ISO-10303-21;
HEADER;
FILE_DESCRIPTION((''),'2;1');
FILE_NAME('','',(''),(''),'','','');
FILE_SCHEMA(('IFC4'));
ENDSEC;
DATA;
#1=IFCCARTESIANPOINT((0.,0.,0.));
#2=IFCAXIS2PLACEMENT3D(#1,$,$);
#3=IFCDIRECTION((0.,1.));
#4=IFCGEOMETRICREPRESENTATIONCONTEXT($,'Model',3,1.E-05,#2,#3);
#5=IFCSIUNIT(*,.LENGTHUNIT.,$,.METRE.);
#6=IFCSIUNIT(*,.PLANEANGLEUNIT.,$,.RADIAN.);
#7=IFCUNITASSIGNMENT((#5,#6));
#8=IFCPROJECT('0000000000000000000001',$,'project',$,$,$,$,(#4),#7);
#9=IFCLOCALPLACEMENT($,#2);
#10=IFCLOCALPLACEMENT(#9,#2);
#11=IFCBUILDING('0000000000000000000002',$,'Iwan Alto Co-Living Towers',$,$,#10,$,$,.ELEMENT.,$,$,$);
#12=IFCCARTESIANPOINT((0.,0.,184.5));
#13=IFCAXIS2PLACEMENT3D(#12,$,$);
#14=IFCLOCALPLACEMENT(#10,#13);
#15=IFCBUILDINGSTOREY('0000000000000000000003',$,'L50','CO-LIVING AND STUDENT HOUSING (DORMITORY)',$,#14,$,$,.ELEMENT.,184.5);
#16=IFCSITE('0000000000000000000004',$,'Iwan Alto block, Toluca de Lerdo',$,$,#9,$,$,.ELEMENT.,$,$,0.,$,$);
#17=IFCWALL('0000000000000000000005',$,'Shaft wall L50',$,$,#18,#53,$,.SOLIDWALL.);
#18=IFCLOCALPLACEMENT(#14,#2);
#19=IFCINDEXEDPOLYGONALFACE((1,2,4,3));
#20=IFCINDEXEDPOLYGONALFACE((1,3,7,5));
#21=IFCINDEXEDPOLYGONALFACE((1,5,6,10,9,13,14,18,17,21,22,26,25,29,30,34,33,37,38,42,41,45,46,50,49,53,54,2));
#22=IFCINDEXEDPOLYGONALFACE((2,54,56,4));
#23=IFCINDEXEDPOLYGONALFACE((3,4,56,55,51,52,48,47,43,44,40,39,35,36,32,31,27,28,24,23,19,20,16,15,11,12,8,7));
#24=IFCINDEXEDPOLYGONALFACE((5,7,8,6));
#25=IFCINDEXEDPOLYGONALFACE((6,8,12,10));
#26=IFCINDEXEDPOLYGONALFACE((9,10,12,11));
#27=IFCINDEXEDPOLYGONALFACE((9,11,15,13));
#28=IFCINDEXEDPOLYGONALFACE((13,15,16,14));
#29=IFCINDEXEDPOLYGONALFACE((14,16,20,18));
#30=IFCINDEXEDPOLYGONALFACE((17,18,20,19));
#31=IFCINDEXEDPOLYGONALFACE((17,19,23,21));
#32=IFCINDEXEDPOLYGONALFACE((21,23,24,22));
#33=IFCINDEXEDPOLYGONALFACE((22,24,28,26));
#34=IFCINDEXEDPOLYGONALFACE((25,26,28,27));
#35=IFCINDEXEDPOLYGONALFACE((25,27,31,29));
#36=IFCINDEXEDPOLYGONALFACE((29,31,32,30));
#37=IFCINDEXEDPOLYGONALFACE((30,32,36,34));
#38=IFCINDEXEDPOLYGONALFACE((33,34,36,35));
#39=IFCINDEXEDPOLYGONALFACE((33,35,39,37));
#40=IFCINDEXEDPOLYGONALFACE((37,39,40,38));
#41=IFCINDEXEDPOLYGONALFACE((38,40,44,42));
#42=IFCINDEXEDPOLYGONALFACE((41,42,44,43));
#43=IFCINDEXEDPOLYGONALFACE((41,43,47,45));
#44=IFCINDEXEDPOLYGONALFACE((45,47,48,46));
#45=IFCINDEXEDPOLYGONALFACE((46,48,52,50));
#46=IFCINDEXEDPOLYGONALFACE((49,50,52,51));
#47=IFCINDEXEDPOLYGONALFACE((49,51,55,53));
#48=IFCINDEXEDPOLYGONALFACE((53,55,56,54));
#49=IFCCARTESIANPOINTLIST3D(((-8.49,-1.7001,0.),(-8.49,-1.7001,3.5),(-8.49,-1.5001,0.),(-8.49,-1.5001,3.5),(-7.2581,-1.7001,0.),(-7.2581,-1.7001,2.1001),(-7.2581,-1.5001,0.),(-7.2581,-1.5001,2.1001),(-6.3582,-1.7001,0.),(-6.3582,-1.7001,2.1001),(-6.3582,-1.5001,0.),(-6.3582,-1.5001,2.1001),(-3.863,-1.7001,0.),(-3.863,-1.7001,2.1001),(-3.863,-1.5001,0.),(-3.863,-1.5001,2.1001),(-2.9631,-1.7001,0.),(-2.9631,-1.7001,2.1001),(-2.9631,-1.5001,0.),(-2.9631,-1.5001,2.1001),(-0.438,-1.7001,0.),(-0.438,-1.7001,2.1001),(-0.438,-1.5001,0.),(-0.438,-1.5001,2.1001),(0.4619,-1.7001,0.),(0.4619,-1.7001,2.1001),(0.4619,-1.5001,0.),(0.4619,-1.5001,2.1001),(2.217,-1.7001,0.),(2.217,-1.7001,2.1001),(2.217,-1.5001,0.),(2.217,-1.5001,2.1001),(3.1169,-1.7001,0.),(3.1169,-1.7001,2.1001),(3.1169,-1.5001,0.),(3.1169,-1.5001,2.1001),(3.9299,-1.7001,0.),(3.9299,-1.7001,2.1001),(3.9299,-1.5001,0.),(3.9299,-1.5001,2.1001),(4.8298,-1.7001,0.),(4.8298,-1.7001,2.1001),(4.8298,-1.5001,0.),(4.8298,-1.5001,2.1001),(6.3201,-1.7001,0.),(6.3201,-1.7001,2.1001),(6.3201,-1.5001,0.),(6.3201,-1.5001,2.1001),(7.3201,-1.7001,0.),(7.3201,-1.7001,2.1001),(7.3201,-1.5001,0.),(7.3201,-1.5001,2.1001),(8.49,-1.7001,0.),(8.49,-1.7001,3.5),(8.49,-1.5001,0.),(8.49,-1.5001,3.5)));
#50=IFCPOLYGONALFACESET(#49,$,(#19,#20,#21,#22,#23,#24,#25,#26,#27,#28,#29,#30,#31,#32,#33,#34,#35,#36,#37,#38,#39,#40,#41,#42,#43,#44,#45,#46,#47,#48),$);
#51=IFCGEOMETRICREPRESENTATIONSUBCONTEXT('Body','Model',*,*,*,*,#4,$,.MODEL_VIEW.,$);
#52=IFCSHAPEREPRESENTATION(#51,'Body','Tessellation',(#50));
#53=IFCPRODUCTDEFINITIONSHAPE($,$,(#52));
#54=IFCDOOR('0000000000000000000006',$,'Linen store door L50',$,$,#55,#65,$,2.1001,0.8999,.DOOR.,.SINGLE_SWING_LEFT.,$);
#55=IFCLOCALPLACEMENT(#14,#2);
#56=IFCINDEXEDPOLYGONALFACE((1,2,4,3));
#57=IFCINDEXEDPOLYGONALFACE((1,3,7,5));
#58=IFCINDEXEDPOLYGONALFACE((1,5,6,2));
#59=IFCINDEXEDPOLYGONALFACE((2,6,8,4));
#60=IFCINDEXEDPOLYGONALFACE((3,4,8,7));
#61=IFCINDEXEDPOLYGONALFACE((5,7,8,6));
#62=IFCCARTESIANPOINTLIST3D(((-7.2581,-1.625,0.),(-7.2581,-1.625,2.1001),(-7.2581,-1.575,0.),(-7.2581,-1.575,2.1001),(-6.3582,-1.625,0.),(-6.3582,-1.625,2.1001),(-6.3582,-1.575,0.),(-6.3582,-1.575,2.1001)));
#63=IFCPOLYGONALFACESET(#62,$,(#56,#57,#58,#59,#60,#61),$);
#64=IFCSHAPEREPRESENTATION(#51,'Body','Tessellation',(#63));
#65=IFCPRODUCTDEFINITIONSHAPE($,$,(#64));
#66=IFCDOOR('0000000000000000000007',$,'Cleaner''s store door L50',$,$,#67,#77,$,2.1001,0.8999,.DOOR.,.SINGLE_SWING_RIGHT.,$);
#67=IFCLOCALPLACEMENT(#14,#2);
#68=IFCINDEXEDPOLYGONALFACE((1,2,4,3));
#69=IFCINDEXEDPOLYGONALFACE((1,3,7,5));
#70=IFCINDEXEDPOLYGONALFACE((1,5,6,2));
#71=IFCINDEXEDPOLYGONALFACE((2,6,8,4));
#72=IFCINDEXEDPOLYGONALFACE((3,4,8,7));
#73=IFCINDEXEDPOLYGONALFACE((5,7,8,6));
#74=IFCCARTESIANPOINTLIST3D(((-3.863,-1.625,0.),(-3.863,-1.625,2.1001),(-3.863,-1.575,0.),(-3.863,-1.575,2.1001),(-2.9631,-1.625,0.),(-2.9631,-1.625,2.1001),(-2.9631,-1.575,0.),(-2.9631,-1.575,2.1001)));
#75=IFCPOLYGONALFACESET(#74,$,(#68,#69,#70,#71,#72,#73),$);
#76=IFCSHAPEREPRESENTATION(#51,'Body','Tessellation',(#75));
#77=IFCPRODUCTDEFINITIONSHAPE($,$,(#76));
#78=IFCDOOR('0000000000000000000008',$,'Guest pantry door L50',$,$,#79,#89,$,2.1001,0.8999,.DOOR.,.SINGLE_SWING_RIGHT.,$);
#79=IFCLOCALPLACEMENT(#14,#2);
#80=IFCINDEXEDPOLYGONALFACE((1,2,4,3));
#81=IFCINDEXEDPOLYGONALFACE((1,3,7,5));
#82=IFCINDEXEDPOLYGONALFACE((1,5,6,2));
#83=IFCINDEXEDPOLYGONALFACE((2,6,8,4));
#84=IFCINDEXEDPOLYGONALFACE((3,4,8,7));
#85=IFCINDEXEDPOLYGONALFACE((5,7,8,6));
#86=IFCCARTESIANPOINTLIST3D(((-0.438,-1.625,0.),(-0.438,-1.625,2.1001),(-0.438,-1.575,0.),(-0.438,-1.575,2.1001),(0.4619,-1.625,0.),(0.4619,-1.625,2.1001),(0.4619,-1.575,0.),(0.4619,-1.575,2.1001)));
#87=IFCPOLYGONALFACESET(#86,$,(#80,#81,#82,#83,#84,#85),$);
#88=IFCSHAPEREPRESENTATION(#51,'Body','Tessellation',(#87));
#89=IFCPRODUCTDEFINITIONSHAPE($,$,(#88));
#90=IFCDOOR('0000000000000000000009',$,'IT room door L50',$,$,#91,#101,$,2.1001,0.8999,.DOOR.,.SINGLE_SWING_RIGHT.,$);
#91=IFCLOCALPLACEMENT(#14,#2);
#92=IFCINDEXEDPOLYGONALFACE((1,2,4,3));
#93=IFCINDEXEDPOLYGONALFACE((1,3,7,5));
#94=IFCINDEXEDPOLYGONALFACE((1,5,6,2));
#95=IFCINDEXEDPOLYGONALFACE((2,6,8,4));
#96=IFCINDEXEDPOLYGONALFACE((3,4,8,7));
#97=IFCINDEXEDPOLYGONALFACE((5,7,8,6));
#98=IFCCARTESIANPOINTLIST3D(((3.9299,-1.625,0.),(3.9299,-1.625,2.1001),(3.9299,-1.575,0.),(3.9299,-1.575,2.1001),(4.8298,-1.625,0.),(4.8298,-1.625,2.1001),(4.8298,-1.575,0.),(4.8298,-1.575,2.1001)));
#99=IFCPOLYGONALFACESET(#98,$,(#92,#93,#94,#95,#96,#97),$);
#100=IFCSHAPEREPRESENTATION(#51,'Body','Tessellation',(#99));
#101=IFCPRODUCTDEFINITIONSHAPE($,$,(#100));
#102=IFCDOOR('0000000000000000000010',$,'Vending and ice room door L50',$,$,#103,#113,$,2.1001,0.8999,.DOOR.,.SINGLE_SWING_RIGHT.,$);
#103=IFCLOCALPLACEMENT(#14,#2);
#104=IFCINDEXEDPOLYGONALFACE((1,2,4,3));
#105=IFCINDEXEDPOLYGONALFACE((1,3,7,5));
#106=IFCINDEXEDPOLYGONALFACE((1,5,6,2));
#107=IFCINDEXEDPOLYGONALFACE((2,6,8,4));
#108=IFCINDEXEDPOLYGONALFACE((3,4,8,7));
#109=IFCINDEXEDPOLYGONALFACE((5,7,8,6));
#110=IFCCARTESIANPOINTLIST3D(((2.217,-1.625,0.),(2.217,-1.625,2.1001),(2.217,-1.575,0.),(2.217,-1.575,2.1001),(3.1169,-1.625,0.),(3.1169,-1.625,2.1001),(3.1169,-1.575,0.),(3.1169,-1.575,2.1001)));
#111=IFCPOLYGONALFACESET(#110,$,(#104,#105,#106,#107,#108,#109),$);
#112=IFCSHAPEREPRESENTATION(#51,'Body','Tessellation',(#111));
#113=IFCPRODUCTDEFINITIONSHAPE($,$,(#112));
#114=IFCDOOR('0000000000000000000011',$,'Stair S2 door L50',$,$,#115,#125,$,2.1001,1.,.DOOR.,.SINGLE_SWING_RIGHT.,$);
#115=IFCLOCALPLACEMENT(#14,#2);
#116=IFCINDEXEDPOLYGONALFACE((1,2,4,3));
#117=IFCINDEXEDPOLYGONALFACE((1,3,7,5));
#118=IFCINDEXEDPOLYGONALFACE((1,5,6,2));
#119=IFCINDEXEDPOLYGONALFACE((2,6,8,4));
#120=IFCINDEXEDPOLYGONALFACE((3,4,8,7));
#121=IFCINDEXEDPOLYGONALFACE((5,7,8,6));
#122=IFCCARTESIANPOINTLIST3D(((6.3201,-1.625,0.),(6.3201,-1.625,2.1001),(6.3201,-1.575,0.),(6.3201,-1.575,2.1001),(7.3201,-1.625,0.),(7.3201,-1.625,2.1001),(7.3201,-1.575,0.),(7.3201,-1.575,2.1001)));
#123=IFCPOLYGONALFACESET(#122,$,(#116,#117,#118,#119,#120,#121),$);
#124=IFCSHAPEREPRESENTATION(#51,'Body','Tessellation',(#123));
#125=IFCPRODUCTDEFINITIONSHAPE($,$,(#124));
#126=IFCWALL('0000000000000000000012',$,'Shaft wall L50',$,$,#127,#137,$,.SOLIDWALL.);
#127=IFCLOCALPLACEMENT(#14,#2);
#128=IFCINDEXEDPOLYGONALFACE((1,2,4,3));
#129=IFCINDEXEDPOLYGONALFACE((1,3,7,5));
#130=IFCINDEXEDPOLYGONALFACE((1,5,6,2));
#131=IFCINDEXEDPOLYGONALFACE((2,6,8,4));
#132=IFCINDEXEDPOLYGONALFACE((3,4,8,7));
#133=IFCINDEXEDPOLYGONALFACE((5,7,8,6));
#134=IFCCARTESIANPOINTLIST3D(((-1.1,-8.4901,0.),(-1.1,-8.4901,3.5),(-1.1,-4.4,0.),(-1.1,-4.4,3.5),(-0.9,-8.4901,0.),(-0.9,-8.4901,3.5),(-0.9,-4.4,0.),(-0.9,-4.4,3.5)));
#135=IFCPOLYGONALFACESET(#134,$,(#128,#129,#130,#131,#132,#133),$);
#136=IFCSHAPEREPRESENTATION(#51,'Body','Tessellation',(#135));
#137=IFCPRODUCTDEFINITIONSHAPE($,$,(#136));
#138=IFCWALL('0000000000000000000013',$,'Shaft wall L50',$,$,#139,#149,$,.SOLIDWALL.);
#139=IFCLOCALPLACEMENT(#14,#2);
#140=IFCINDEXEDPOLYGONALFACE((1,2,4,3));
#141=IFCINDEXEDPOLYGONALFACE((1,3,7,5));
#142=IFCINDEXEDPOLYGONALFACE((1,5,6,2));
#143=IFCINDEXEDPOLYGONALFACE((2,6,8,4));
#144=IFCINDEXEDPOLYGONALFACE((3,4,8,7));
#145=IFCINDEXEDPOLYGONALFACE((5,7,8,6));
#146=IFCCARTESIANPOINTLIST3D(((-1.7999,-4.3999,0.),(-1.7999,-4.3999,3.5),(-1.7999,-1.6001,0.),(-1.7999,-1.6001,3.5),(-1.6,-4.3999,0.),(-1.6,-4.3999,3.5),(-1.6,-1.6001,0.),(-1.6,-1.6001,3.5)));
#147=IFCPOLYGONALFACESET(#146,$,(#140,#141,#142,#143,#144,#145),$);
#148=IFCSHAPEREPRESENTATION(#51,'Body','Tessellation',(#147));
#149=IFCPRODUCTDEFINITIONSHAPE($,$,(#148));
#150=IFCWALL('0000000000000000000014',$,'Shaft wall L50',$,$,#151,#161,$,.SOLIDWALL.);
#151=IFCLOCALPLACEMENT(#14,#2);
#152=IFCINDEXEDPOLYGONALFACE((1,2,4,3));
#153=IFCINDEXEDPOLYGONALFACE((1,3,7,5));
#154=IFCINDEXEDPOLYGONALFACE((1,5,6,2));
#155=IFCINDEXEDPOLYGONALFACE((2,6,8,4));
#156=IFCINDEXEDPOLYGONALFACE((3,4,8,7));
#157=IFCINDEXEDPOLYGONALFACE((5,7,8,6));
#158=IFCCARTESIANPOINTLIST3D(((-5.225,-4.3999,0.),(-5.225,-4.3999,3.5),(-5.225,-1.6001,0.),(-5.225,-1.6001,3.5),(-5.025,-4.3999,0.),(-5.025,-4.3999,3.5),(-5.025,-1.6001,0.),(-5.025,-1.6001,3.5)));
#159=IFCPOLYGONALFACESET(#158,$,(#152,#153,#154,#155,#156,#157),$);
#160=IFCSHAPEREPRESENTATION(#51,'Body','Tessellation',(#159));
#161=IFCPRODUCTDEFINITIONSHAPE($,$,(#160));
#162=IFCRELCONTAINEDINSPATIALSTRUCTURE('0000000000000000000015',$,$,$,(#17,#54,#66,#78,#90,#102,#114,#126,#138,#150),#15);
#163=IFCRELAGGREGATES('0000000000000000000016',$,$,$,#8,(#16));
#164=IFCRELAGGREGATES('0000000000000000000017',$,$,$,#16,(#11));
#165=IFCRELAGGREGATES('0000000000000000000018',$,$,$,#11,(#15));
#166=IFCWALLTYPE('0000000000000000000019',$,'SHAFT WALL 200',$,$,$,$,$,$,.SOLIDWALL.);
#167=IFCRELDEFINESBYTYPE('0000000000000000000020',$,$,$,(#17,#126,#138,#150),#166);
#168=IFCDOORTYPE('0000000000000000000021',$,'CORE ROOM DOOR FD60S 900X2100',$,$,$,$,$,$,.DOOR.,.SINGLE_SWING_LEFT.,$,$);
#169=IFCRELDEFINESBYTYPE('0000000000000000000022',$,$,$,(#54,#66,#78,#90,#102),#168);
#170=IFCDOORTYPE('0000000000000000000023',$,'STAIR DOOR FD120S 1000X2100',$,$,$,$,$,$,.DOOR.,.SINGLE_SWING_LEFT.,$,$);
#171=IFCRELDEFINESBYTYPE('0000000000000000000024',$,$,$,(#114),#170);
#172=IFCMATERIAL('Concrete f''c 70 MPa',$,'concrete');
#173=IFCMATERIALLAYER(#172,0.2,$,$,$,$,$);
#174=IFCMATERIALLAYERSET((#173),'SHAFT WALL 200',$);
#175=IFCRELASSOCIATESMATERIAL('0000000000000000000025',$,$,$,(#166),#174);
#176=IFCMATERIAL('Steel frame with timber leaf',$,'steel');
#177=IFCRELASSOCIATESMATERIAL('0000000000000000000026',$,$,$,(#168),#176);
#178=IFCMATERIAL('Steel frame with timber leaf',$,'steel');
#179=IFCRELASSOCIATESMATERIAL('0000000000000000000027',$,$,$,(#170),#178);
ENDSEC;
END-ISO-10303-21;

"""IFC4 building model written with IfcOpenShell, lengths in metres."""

from ifc_helpers import new_model, si_unit, direction, frame, frame_2d, origin, place, context, subcontext, project, spatial, rectangle, extrude, material, layer, layer_set, type_object, element, fill, save


model = new_model("IFC4")

# Units and contexts
model_context = context("Model", 3, precision=1e-05, world=origin(), true_north=direction((0.0, 1.0)))
body_context = subcontext(model_context, "Body", "Model", "MODEL_VIEW")
ifc_project = project(units=[si_unit("LENGTHUNIT", "METRE"), si_unit("PLANEANGLEUNIT", "RADIAN")], contexts=[model_context])

# Site, building, storey
site_placement = place(None, origin())
site = spatial("IfcSite", under=ifc_project, at=site_placement, Name="Iwan Alto block, Toluca de Lerdo", CompositionType="ELEMENT", RefElevation=0.0)
building_placement = place(site_placement, origin())
building = spatial("IfcBuilding", under=site, at=building_placement, Name="Iwan Alto Co-Living Towers", CompositionType="ELEMENT")
storey_placement = place(building_placement, frame((0.0, 0.0, 184.5)))
storey = spatial("IfcBuildingStorey", under=building, at=storey_placement, Name="L50", Description="CO-LIVING AND STUDENT HOUSING (DORMITORY)", CompositionType="ELEMENT", Elevation=184.5)

# Shared definitions
ifc_material_1 = material(Name="Concrete f'c 70 MPa", Category="concrete")
ifc_layer_1 = layer(ifc_material_1, 0.2)
ifc_layer_set_1 = layer_set([ifc_layer_1], Name="SHAFT WALL 200")
wall_type_1 = type_object("IfcWallType", Name="SHAFT WALL 200", PredefinedType="SOLIDWALL", material=ifc_layer_set_1)

# Wall, openings, doors
wall_1_placement = place(storey_placement, frame((-8.49, -1.6001, 0.0), z_axis=(0.0, 0.0, 1.0), x_axis=(1.0, 0.0, 0.0)))
wall_1 = element("IfcWall", 1, at=wall_1_placement, inside=storey, type_object=wall_type_1, Name="Shaft wall L50", PredefinedType="SOLIDWALL", context=body_context, shape_type="SweptSolid", body=[
    extrude(rectangle(XDim=16.98, YDim=0.2, at=frame_2d((8.49, 0.0))), origin(), (0.0, 0.0, 1.0), 3.5),
])
opening_1_placement = place(wall_1_placement, frame((14.8101, 0.0, 0.0)))
opening_1 = element("IfcOpeningElement", 2, at=opening_1_placement, cuts=wall_1, PredefinedType="OPENING", context=body_context, shape_type="SweptSolid", body=[
    extrude(rectangle(XDim=1.0, YDim=2.1001, at=frame_2d((0.5, 1.05))), frame((0.0, 0.1099, 0.0), z_axis=(0.0, -1.0, 0.0), x_axis=(1.0, 0.0, 0.0)), (0.0, 0.0, 1.0), 0.22),
])
opening_2_placement = place(wall_1_placement, frame((1.2319, 0.0, 0.0)))
opening_2 = element("IfcOpeningElement", 3, at=opening_2_placement, cuts=wall_1, PredefinedType="OPENING", context=body_context, shape_type="SweptSolid", body=[
    extrude(rectangle(XDim=0.8999, YDim=2.1001, at=frame_2d((0.45, 1.05))), frame((0.0, 0.1099, 0.0), z_axis=(0.0, -1.0, 0.0), x_axis=(1.0, 0.0, 0.0)), (0.0, 0.0, 1.0), 0.22),
])
opening_3_placement = place(wall_1_placement, frame((4.627, 0.0, 0.0)))
opening_3 = element("IfcOpeningElement", 4, at=opening_3_placement, cuts=wall_1, PredefinedType="OPENING", context=body_context, shape_type="SweptSolid", body=[
    extrude(rectangle(XDim=0.8999, YDim=2.1001, at=frame_2d((0.45, 1.05))), frame((0.0, 0.1099, 0.0), z_axis=(0.0, -1.0, 0.0), x_axis=(1.0, 0.0, 0.0)), (0.0, 0.0, 1.0), 0.22),
])
opening_4_placement = place(wall_1_placement, frame((8.052, 0.0, 0.0)))
opening_4 = element("IfcOpeningElement", 5, at=opening_4_placement, cuts=wall_1, PredefinedType="OPENING", context=body_context, shape_type="SweptSolid", body=[
    extrude(rectangle(XDim=0.8999, YDim=2.1001, at=frame_2d((0.45, 1.05))), frame((0.0, 0.1099, 0.0), z_axis=(0.0, -1.0, 0.0), x_axis=(1.0, 0.0, 0.0)), (0.0, 0.0, 1.0), 0.22),
])
opening_5_placement = place(wall_1_placement, frame((12.4199, 0.0, 0.0)))
opening_5 = element("IfcOpeningElement", 6, at=opening_5_placement, cuts=wall_1, PredefinedType="OPENING", context=body_context, shape_type="SweptSolid", body=[
    extrude(rectangle(XDim=0.8999, YDim=2.1001, at=frame_2d((0.45, 1.05))), frame((0.0, 0.1099, 0.0), z_axis=(0.0, -1.0, 0.0), x_axis=(1.0, 0.0, 0.0)), (0.0, 0.0, 1.0), 0.22),
])
opening_6_placement = place(wall_1_placement, frame((10.707, 0.0, 0.0)))
opening_6 = element("IfcOpeningElement", 7, at=opening_6_placement, cuts=wall_1, PredefinedType="OPENING", context=body_context, shape_type="SweptSolid", body=[
    extrude(rectangle(XDim=0.8999, YDim=2.1001, at=frame_2d((0.45, 1.05))), frame((0.0, 0.1099, 0.0), z_axis=(0.0, -1.0, 0.0), x_axis=(1.0, 0.0, 0.0)), (0.0, 0.0, 1.0), 0.22),
])
ifc_material_2 = material(Name="Steel frame with timber leaf", Category="steel")
door_type_1 = type_object("IfcDoorType", Name="CORE ROOM DOOR FD60S 900X2100", OperationType="SINGLE_SWING_LEFT", PredefinedType="DOOR", material=ifc_material_2)
door_1_placement = place(opening_2_placement, frame((0.8999, 0.0, 0.0), z_axis=(0.0, 0.0, 1.0), x_axis=(-1.0, 0.0, 0.0)))
door_1 = element("IfcDoor", 8, at=door_1_placement, inside=storey, type_object=door_type_1, Name="Linen store door L50", OperationType="SINGLE_SWING_LEFT", OverallHeight=2.1001, OverallWidth=0.8999, PredefinedType="DOOR", context=body_context, shape_type="SweptSolid", body=[
    extrude(rectangle(XDim=0.8999, YDim=2.1001, at=frame_2d((0.45, 1.05))), frame((0.0, 0.0249, 0.0), z_axis=(0.0, -1.0, 0.0), x_axis=(1.0, 0.0, 0.0)), (0.0, 0.0, 1.0), 0.05),
])
fill(opening_2, door_1)
door_2_placement = place(opening_3_placement, frame((0.8999, 0.0, 0.0), z_axis=(0.0, 0.0, 1.0), x_axis=(-1.0, 0.0, 0.0)))
door_2 = element("IfcDoor", 9, at=door_2_placement, inside=storey, type_object=door_type_1, Name="Cleaner's store door L50", OperationType="SINGLE_SWING_RIGHT", OverallHeight=2.1001, OverallWidth=0.8999, PredefinedType="DOOR", context=body_context, shape_type="SweptSolid", body=[
    extrude(rectangle(XDim=0.8999, YDim=2.1001, at=frame_2d((0.45, 1.05))), frame((0.0, 0.0249, 0.0), z_axis=(0.0, -1.0, 0.0), x_axis=(1.0, 0.0, 0.0)), (0.0, 0.0, 1.0), 0.05),
])
fill(opening_3, door_2)
door_3_placement = place(opening_4_placement, frame((0.8999, 0.0, 0.0), z_axis=(0.0, 0.0, 1.0), x_axis=(-1.0, 0.0, 0.0)))
door_3 = element("IfcDoor", 10, at=door_3_placement, inside=storey, type_object=door_type_1, Name="Guest pantry door L50", OperationType="SINGLE_SWING_RIGHT", OverallHeight=2.1001, OverallWidth=0.8999, PredefinedType="DOOR", context=body_context, shape_type="SweptSolid", body=[
    extrude(rectangle(XDim=0.8999, YDim=2.1001, at=frame_2d((0.45, 1.05))), frame((0.0, 0.0249, 0.0), z_axis=(0.0, -1.0, 0.0), x_axis=(1.0, 0.0, 0.0)), (0.0, 0.0, 1.0), 0.05),
])
fill(opening_4, door_3)
door_4_placement = place(opening_5_placement, frame((0.8999, 0.0, 0.0), z_axis=(0.0, 0.0, 1.0), x_axis=(-1.0, 0.0, 0.0)))
door_4 = element("IfcDoor", 11, at=door_4_placement, inside=storey, type_object=door_type_1, Name="IT room door L50", OperationType="SINGLE_SWING_RIGHT", OverallHeight=2.1001, OverallWidth=0.8999, PredefinedType="DOOR", context=body_context, shape_type="SweptSolid", body=[
    extrude(rectangle(XDim=0.8999, YDim=2.1001, at=frame_2d((0.45, 1.05))), frame((0.0, 0.0249, 0.0), z_axis=(0.0, -1.0, 0.0), x_axis=(1.0, 0.0, 0.0)), (0.0, 0.0, 1.0), 0.05),
])
fill(opening_5, door_4)
door_5_placement = place(opening_6_placement, frame((0.8999, 0.0, 0.0), z_axis=(0.0, 0.0, 1.0), x_axis=(-1.0, 0.0, 0.0)))
door_5 = element("IfcDoor", 12, at=door_5_placement, inside=storey, type_object=door_type_1, Name="Vending and ice room door L50", OperationType="SINGLE_SWING_RIGHT", OverallHeight=2.1001, OverallWidth=0.8999, PredefinedType="DOOR", context=body_context, shape_type="SweptSolid", body=[
    extrude(rectangle(XDim=0.8999, YDim=2.1001, at=frame_2d((0.45, 1.05))), frame((0.0, 0.0249, 0.0), z_axis=(0.0, -1.0, 0.0), x_axis=(1.0, 0.0, 0.0)), (0.0, 0.0, 1.0), 0.05),
])
fill(opening_6, door_5)
ifc_material_3 = material(Name="Steel frame with timber leaf", Category="steel")
door_type_2 = type_object("IfcDoorType", Name="STAIR DOOR FD120S 1000X2100", OperationType="SINGLE_SWING_LEFT", PredefinedType="DOOR", material=ifc_material_3)
door_6_placement = place(opening_1_placement, frame((1.0, 0.0, 0.0), z_axis=(0.0, 0.0, 1.0), x_axis=(-1.0, 0.0, 0.0)))
door_6 = element("IfcDoor", 13, at=door_6_placement, inside=storey, type_object=door_type_2, Name="Stair S2 door L50", OperationType="SINGLE_SWING_RIGHT", OverallHeight=2.1001, OverallWidth=1.0, PredefinedType="DOOR", context=body_context, shape_type="SweptSolid", body=[
    extrude(rectangle(XDim=1.0, YDim=2.1001, at=frame_2d((0.5, 1.05))), frame((0.0, 0.0249, 0.0), z_axis=(0.0, -1.0, 0.0), x_axis=(1.0, 0.0, 0.0)), (0.0, 0.0, 1.0), 0.05),
])
fill(opening_1, door_6)

# Walls
wall_2_placement = place(storey_placement, frame((-1.0, -8.49, 0.0), z_axis=(0.0, 0.0, 1.0), x_axis=(0.0, 1.0, 0.0)))
element("IfcWall", 14, at=wall_2_placement, inside=storey, type_object=wall_type_1, Name="Shaft wall L50", PredefinedType="SOLIDWALL", context=body_context, shape_type="SweptSolid", body=[
    extrude(rectangle(XDim=4.0901, YDim=0.2, at=frame_2d((2.0449, 0.0))), origin(), (0.0, 0.0, 1.0), 3.5),
])
for number, where, z_axis, x_axis, name in (
    (15, (-1.7, -4.3999, 0.0), (0.0, 0.0, 1.0), (0.0, 1.0, 0.0), "Shaft wall L50"),
    (16, (-5.125, -4.3999, 0.0), (0.0, 0.0, 1.0), (0.0, 1.0, 0.0), "Shaft wall L50"),
):
    element("IfcWall", number, at=place(storey_placement, frame(where, z_axis=z_axis, x_axis=x_axis)), inside=storey, type_object=wall_type_1, Name=name, PredefinedType="SOLIDWALL", context=body_context, shape_type="SweptSolid", body=[
        extrude(rectangle(XDim=2.7998, YDim=0.2, at=frame_2d((1.3999, 0.0))), origin(), (0.0, 0.0, 1.0), 3.5),
    ])

save(model, "model.ifc")
